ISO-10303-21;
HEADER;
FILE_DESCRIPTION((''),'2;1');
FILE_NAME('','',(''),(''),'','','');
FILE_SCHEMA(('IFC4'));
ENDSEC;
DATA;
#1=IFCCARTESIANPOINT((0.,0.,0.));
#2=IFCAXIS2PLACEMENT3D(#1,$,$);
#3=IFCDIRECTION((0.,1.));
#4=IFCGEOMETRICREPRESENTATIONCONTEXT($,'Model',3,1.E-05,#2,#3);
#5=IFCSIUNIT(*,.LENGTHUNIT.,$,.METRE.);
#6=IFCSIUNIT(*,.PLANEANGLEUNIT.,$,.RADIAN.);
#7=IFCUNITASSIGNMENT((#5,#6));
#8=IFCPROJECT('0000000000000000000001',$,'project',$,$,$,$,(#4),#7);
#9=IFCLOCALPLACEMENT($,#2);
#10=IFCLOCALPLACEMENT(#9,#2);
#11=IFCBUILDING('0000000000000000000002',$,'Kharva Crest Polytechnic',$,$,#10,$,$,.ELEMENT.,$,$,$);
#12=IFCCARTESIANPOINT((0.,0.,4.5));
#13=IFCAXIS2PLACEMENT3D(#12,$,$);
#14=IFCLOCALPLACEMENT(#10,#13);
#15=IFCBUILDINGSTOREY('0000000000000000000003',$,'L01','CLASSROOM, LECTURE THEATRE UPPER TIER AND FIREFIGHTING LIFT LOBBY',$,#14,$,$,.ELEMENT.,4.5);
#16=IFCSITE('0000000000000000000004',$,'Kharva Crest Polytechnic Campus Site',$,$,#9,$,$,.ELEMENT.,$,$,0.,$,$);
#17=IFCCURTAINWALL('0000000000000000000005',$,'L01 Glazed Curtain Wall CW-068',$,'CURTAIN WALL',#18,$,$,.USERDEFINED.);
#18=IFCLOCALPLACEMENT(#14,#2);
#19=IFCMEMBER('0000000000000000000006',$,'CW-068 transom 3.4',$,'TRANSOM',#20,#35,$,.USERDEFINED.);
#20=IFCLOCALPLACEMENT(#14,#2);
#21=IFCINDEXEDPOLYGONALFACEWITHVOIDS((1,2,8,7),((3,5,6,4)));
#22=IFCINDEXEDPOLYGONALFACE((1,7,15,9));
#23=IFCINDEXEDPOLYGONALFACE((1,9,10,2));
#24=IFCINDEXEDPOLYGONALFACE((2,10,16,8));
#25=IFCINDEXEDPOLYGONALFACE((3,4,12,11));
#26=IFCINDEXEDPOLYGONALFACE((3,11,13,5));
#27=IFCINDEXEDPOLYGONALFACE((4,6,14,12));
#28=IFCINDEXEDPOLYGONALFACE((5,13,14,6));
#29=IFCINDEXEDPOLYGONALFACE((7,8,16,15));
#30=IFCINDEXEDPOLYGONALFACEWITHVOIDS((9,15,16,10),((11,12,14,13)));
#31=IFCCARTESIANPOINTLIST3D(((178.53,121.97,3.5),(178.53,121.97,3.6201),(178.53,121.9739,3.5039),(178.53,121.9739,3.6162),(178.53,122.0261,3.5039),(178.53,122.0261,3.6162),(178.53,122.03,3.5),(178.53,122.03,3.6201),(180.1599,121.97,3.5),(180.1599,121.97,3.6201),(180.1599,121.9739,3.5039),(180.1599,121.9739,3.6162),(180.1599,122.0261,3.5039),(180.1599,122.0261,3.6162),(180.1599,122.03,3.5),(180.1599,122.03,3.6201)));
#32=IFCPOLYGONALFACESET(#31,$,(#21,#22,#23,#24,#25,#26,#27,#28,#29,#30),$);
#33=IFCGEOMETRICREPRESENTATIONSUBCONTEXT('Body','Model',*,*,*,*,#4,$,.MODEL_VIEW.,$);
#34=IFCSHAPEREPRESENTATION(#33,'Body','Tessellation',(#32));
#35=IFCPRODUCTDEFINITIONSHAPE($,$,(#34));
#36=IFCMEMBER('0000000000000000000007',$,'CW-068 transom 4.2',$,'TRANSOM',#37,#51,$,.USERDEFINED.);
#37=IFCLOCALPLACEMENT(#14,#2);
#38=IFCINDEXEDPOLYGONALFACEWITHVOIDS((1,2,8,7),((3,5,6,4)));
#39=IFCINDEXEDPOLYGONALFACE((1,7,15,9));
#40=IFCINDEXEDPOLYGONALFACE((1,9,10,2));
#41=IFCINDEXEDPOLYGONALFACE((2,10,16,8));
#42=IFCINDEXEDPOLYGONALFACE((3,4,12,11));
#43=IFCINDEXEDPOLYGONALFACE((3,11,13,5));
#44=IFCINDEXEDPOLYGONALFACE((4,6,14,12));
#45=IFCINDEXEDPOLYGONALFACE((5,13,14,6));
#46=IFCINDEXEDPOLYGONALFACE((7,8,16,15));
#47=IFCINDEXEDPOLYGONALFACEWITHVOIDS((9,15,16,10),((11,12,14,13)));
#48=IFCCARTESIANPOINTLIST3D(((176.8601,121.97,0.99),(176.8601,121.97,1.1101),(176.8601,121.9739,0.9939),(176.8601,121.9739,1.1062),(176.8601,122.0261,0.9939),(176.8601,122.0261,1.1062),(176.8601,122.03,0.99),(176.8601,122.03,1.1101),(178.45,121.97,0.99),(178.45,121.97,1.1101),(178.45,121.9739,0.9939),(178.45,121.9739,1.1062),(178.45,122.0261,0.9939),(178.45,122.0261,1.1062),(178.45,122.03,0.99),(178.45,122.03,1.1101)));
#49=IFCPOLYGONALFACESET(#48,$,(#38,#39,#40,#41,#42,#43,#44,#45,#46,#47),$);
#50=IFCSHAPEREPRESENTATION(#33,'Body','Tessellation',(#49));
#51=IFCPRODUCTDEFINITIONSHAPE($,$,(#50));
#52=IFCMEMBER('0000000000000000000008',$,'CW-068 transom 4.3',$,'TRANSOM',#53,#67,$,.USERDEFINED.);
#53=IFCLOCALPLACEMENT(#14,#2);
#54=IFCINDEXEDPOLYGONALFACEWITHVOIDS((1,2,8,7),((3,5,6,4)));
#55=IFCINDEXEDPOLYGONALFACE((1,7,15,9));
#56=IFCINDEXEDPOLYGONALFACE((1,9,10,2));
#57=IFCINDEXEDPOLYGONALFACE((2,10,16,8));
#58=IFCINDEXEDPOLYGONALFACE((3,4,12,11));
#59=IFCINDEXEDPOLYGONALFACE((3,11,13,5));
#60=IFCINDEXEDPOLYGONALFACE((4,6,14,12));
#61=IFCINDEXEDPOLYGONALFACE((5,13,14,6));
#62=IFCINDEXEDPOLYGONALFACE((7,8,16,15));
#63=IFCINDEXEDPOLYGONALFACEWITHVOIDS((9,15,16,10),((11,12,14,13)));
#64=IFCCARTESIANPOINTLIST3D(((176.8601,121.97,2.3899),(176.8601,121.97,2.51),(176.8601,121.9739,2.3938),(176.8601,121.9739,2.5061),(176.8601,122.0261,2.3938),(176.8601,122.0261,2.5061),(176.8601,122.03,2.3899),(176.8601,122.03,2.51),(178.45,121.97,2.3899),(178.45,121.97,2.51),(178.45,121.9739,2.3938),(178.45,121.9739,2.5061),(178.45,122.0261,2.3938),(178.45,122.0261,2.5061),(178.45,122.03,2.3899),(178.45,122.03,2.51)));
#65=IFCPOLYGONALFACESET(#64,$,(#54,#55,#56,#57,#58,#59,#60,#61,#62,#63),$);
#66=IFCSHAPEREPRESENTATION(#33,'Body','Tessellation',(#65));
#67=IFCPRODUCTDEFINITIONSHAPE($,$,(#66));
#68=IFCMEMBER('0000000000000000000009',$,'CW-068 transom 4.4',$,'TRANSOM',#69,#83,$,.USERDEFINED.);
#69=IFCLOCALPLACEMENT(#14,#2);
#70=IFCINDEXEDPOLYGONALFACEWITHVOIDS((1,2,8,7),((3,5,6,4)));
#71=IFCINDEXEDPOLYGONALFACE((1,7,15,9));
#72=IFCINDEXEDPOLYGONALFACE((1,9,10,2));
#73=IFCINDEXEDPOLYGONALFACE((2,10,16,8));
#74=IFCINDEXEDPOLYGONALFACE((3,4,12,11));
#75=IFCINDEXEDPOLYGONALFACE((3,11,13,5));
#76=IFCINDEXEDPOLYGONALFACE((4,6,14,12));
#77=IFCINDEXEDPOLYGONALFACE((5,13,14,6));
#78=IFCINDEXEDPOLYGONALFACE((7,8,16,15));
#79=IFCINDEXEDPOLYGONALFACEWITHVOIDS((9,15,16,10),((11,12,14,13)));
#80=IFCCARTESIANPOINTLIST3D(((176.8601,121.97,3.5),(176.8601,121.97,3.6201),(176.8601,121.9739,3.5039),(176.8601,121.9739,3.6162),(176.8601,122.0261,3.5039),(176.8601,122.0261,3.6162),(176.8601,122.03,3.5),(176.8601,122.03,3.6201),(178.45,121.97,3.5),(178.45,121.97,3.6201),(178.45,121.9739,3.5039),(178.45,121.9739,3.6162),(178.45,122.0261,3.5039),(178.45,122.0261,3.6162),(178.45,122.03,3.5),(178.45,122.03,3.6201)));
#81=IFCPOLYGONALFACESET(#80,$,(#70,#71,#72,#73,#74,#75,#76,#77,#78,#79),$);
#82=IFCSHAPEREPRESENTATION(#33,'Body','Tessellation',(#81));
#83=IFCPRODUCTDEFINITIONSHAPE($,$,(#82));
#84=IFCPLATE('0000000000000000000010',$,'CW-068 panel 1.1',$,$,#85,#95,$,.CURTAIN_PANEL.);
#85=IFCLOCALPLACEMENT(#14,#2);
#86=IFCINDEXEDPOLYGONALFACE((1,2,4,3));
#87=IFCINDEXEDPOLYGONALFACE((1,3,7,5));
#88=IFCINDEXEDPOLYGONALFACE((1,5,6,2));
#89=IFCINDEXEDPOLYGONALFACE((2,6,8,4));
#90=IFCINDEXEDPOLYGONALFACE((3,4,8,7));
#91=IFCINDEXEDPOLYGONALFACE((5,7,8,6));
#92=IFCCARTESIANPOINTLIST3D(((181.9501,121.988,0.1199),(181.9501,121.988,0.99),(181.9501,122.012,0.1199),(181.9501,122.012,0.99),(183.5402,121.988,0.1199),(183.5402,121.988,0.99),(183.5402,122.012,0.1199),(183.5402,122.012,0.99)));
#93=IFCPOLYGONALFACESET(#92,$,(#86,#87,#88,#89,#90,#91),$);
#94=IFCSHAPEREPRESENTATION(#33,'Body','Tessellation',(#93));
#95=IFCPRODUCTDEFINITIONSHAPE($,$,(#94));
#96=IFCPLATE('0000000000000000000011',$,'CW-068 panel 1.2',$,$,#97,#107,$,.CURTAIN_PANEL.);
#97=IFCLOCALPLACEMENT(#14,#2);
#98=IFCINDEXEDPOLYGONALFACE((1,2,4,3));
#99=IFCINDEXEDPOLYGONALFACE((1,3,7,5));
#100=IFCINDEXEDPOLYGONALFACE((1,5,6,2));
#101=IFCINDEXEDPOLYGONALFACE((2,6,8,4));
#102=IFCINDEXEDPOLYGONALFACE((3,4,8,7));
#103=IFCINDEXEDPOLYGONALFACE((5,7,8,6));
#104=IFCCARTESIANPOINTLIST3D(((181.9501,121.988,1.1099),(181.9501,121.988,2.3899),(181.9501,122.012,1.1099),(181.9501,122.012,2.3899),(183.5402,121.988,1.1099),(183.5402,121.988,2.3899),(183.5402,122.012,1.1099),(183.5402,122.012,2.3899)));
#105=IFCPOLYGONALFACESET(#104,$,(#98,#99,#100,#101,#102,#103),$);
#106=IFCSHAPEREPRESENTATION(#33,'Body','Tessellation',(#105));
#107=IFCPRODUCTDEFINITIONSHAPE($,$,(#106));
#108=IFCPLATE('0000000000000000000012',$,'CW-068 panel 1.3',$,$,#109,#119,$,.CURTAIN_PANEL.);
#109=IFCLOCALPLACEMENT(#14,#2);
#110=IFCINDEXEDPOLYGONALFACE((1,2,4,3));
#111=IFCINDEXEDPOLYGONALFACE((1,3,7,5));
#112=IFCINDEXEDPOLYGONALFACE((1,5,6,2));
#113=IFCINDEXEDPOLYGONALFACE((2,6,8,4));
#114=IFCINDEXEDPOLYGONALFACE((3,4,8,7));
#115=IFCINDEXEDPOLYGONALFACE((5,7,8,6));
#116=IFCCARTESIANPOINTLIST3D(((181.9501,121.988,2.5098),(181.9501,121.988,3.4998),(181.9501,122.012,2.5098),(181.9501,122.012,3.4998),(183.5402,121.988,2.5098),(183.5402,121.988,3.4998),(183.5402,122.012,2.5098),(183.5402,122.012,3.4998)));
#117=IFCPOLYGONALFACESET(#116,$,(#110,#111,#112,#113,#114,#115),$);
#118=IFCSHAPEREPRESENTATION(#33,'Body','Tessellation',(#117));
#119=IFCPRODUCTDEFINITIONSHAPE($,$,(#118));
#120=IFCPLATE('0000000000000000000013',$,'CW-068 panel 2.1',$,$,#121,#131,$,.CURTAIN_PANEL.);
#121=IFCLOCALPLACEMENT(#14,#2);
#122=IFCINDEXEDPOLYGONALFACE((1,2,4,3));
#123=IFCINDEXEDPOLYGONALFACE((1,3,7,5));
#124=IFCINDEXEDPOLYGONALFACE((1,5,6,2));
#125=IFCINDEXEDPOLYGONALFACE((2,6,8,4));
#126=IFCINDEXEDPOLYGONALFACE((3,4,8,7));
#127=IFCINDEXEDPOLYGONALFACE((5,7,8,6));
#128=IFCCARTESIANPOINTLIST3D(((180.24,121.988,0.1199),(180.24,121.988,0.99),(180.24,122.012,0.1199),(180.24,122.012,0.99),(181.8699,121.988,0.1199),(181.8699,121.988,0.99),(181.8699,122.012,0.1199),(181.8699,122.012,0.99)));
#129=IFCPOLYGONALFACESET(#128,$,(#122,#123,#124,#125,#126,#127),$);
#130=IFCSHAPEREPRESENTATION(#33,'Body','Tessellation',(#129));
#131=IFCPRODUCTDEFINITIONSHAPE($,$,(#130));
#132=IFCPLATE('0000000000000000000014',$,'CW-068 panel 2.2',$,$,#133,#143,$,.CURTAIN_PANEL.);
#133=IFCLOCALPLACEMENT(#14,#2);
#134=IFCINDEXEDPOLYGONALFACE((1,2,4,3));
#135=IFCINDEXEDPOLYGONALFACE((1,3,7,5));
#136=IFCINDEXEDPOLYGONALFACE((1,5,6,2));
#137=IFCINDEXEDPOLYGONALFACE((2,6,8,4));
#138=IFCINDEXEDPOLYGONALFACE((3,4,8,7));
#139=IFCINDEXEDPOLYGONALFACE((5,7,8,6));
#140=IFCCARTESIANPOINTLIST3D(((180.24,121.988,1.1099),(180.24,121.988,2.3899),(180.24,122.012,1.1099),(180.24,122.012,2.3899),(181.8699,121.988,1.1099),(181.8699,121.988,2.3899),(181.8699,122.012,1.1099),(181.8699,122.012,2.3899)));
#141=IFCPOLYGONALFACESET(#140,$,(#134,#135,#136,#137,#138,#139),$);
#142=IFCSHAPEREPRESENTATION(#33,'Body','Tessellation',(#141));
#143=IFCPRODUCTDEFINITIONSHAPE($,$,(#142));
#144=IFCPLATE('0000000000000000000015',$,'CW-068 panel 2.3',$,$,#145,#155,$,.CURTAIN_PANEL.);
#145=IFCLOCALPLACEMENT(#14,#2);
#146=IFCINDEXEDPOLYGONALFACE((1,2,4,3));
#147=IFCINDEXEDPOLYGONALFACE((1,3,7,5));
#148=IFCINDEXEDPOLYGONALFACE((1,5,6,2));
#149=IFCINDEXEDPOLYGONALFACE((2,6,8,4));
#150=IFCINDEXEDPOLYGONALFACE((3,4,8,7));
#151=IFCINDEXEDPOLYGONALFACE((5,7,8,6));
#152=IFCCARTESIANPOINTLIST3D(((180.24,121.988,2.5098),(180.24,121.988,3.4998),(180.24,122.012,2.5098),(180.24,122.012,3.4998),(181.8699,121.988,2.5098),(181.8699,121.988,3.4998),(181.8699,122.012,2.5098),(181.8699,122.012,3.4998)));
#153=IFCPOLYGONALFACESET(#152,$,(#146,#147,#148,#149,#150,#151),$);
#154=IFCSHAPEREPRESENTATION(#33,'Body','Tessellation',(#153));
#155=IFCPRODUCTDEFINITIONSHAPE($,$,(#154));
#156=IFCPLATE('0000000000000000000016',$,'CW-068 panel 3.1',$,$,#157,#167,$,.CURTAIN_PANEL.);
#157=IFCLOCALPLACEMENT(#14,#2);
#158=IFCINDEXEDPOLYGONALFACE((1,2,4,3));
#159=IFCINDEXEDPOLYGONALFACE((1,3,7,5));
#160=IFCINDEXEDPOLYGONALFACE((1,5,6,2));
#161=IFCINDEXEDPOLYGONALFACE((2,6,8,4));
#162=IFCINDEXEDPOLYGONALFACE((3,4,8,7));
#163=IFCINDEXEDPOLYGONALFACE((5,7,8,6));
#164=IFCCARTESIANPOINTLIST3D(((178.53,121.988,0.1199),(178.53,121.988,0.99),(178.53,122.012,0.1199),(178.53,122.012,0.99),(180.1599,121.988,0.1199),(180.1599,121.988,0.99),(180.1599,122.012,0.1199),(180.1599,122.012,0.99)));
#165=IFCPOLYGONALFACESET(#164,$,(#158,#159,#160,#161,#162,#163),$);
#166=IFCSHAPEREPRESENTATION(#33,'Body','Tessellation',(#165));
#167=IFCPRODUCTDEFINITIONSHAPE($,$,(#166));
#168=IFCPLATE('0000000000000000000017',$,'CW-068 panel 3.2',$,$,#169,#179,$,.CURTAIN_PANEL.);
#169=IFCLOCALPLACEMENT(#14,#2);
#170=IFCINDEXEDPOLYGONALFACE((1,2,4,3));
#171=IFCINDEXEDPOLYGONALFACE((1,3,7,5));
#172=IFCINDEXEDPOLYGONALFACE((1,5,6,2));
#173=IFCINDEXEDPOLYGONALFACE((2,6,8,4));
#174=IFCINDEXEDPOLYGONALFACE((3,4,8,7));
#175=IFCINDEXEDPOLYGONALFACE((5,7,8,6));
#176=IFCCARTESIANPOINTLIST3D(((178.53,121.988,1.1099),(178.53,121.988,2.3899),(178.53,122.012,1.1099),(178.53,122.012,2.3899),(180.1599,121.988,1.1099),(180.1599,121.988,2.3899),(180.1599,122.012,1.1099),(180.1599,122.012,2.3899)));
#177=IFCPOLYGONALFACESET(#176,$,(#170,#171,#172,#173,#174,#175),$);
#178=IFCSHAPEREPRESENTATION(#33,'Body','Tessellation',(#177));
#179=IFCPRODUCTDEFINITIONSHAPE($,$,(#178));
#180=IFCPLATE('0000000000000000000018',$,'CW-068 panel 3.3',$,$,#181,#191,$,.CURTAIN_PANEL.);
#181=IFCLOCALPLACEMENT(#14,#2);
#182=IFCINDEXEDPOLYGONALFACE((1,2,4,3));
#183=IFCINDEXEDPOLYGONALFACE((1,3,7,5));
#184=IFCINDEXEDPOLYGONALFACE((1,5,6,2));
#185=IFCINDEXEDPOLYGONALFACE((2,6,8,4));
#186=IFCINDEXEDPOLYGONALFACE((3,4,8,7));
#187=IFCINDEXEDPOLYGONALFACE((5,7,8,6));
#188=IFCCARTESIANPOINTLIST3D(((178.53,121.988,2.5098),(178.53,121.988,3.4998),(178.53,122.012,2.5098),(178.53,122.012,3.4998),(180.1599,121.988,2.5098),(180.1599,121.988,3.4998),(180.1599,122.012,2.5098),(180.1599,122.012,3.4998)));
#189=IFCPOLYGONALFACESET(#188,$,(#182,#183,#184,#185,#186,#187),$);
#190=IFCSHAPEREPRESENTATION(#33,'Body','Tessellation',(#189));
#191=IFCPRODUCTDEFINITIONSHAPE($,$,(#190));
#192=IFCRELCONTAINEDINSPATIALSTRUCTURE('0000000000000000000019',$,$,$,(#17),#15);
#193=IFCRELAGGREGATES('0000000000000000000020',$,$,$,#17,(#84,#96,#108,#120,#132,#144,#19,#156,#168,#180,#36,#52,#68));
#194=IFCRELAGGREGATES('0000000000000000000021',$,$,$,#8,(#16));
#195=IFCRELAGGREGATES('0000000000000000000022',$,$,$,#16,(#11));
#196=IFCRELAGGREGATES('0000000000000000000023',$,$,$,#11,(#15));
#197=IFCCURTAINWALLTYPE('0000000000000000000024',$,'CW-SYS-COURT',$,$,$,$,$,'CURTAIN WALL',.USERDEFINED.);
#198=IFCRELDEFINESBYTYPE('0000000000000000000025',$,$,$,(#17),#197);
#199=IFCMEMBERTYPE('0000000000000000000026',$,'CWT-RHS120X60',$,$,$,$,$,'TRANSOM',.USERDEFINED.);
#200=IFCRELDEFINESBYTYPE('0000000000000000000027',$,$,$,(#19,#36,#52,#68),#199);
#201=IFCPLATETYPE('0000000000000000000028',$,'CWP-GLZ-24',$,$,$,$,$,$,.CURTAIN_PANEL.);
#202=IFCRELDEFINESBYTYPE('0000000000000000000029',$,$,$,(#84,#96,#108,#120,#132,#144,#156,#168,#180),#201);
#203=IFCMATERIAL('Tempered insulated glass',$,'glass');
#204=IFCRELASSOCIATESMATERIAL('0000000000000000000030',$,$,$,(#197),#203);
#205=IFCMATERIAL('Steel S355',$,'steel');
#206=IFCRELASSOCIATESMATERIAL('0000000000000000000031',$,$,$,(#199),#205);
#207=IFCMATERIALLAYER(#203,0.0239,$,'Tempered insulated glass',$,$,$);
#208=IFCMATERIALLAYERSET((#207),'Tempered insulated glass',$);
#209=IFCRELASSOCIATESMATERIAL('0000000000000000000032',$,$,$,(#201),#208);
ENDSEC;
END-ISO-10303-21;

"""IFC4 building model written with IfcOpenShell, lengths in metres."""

from ifc_helpers import new_model, si_unit, direction, frame, origin, origin_2d, place, context, subcontext, project, spatial, rectangle, hollow_rectangle, extrude, material, layer, layer_set, material_profile, profile_set, type_object, element, aggregate, save


model = new_model("IFC4")

# Units and contexts
model_context = context("Model", 3, precision=1e-05, world=origin(), true_north=direction((0.0, 1.0)))
body_context = subcontext(model_context, "Body", "Model", "MODEL_VIEW")
ifc_project = project(units=[si_unit("LENGTHUNIT", "METRE"), si_unit("PLANEANGLEUNIT", "RADIAN")], contexts=[model_context])

# Site, building, storey
site_placement = place(None, origin())
site = spatial("IfcSite", under=ifc_project, at=site_placement, Name="Kharva Crest Polytechnic Campus Site", CompositionType="ELEMENT", RefElevation=0.0)
building_placement = place(site_placement, origin())
building = spatial("IfcBuilding", under=site, at=building_placement, Name="Kharva Crest Polytechnic", CompositionType="ELEMENT")
storey_placement = place(building_placement, frame((0.0, 0.0, 4.5)))
storey = spatial("IfcBuildingStorey", under=building, at=storey_placement, Name="L01", Description="CLASSROOM, LECTURE THEATRE UPPER TIER AND FIREFIGHTING LIFT LOBBY", CompositionType="ELEMENT", Elevation=4.5)

# Curtain wall, members, plates
ifc_material_1 = material(Name="Tempered insulated glass", Category="glass")
curtain_wall_type = type_object("IfcCurtainWallType", Name="CW-SYS-COURT", ElementType="CURTAIN WALL", PredefinedType="USERDEFINED", material=ifc_material_1)
curtain_wall_placement = place(storey_placement, origin())
curtain_wall = element("IfcCurtainWall", 1, at=curtain_wall_placement, inside=storey, type_object=curtain_wall_type, Name="L01 Glazed Curtain Wall CW-068", ObjectType="CURTAIN WALL", PredefinedType="USERDEFINED")
ifc_material_2 = material(Name="Steel S355", Category="steel")
ifc_material_profile_1 = material_profile(ifc_material_2, hollow_rectangle(XDim=0.0601, YDim=0.1201, WallThickness=0.0039, at=origin_2d()), Name="RHS 120X60X4.0")
ifc_profile_set_1 = profile_set([ifc_material_profile_1], Name="Steel S355")
member_type_1 = type_object("IfcMemberType", Name="CWT-RHS120X60", ElementType="TRANSOM", PredefinedType="USERDEFINED", material=ifc_profile_set_1)
member_1_placement = place(storey_placement, frame((180.1599, 122.0, 3.5601), z_axis=(-1.0, 0.0, 0.0), x_axis=(0.0, -1.0, 0.0)))
member_1 = element("IfcMember", 2, at=member_1_placement, type_object=member_type_1, Name="CW-068 transom 3.4", ObjectType="TRANSOM", PredefinedType="USERDEFINED", context=body_context, shape_type="SweptSolid", body=[
    extrude(hollow_rectangle(XDim=0.0601, YDim=0.1201, WallThickness=0.0039, at=origin_2d()), origin(), (0.0, 0.0, 1.0), 1.6299),
])
member_2_placement = place(storey_placement, frame((178.45, 122.0, 1.05), z_axis=(-1.0, 0.0, 0.0), x_axis=(0.0, -1.0, 0.0)))
member_2 = element("IfcMember", 3, at=member_2_placement, type_object=member_type_1, Name="CW-068 transom 4.2", ObjectType="TRANSOM", PredefinedType="USERDEFINED", context=body_context, shape_type="SweptSolid", body=[
    extrude(hollow_rectangle(XDim=0.0601, YDim=0.1201, WallThickness=0.0039, at=origin_2d()), origin(), (0.0, 0.0, 1.0), 1.5898),
])
member_3_placement = place(storey_placement, frame((178.45, 122.0, 2.45), z_axis=(-1.0, 0.0, 0.0), x_axis=(0.0, -1.0, 0.0)))
member_3 = element("IfcMember", 4, at=member_3_placement, type_object=member_type_1, Name="CW-068 transom 4.3", ObjectType="TRANSOM", PredefinedType="USERDEFINED", context=body_context, shape_type="SweptSolid", body=[
    extrude(hollow_rectangle(XDim=0.0601, YDim=0.1201, WallThickness=0.0039, at=origin_2d()), origin(), (0.0, 0.0, 1.0), 1.5898),
])
member_4_placement = place(storey_placement, frame((178.45, 122.0, 3.5601), z_axis=(-1.0, 0.0, 0.0), x_axis=(0.0, -1.0, 0.0)))
member_4 = element("IfcMember", 5, at=member_4_placement, type_object=member_type_1, Name="CW-068 transom 4.4", ObjectType="TRANSOM", PredefinedType="USERDEFINED", context=body_context, shape_type="SweptSolid", body=[
    extrude(hollow_rectangle(XDim=0.0601, YDim=0.1201, WallThickness=0.0039, at=origin_2d()), origin(), (0.0, 0.0, 1.0), 1.5898),
])
ifc_layer = layer(ifc_material_1, 0.0239, Name="Tempered insulated glass")
ifc_layer_set = layer_set([ifc_layer], Name="Tempered insulated glass")
plate_type = type_object("IfcPlateType", Name="CWP-GLZ-24", PredefinedType="CURTAIN_PANEL", material=ifc_layer_set)
plate_1_placement = place(storey_placement, frame((182.7451, 122.0, 0.1199), z_axis=(0.0, 0.0, 1.0), x_axis=(-1.0, 0.0, 0.0)))
plate_1 = element("IfcPlate", 6, at=plate_1_placement, type_object=plate_type, Name="CW-068 panel 1.1", PredefinedType="CURTAIN_PANEL", context=body_context, shape_type="SweptSolid", body=[
    extrude(rectangle(XDim=1.5901, YDim=0.0239, at=origin_2d()), origin(), (0.0, 0.0, 1.0), 0.8701),
])
plate_2_placement = place(storey_placement, frame((182.7451, 122.0, 1.1099), z_axis=(0.0, 0.0, 1.0), x_axis=(-1.0, 0.0, 0.0)))
plate_2 = element("IfcPlate", 7, at=plate_2_placement, type_object=plate_type, Name="CW-068 panel 1.2", PredefinedType="CURTAIN_PANEL", context=body_context, shape_type="SweptSolid", body=[
    extrude(rectangle(XDim=1.5901, YDim=0.0239, at=origin_2d()), origin(), (0.0, 0.0, 1.0), 1.28),
])
plate_3_placement = place(storey_placement, frame((182.7451, 122.0, 2.5098), z_axis=(0.0, 0.0, 1.0), x_axis=(-1.0, 0.0, 0.0)))
plate_3 = element("IfcPlate", 8, at=plate_3_placement, type_object=plate_type, Name="CW-068 panel 1.3", PredefinedType="CURTAIN_PANEL", context=body_context, shape_type="SweptSolid", body=[
    extrude(rectangle(XDim=1.5901, YDim=0.0239, at=origin_2d()), origin(), (0.0, 0.0, 1.0), 0.99),
])
plate_4_placement = place(storey_placement, frame((181.0549, 122.0, 0.1199), z_axis=(0.0, 0.0, 1.0), x_axis=(-1.0, 0.0, 0.0)))
plate_4 = element("IfcPlate", 9, at=plate_4_placement, type_object=plate_type, Name="CW-068 panel 2.1", PredefinedType="CURTAIN_PANEL", context=body_context, shape_type="SweptSolid", body=[
    extrude(rectangle(XDim=1.6299, YDim=0.0239, at=origin_2d()), origin(), (0.0, 0.0, 1.0), 0.8701),
])
plate_5_placement = place(storey_placement, frame((181.0549, 122.0, 1.1099), z_axis=(0.0, 0.0, 1.0), x_axis=(-1.0, 0.0, 0.0)))
plate_5 = element("IfcPlate", 10, at=plate_5_placement, type_object=plate_type, Name="CW-068 panel 2.2", PredefinedType="CURTAIN_PANEL", context=body_context, shape_type="SweptSolid", body=[
    extrude(rectangle(XDim=1.6299, YDim=0.0239, at=origin_2d()), origin(), (0.0, 0.0, 1.0), 1.28),
])
plate_6_placement = place(storey_placement, frame((181.0549, 122.0, 2.5098), z_axis=(0.0, 0.0, 1.0), x_axis=(-1.0, 0.0, 0.0)))
plate_6 = element("IfcPlate", 11, at=plate_6_placement, type_object=plate_type, Name="CW-068 panel 2.3", PredefinedType="CURTAIN_PANEL", context=body_context, shape_type="SweptSolid", body=[
    extrude(rectangle(XDim=1.6299, YDim=0.0239, at=origin_2d()), origin(), (0.0, 0.0, 1.0), 0.99),
])
plate_7_placement = place(storey_placement, frame((179.345, 122.0, 0.1199), z_axis=(0.0, 0.0, 1.0), x_axis=(-1.0, 0.0, 0.0)))
plate_7 = element("IfcPlate", 12, at=plate_7_placement, type_object=plate_type, Name="CW-068 panel 3.1", PredefinedType="CURTAIN_PANEL", context=body_context, shape_type="SweptSolid", body=[
    extrude(rectangle(XDim=1.6299, YDim=0.0239, at=origin_2d()), origin(), (0.0, 0.0, 1.0), 0.8701),
])
plate_8_placement = place(storey_placement, frame((179.345, 122.0, 1.1099), z_axis=(0.0, 0.0, 1.0), x_axis=(-1.0, 0.0, 0.0)))
plate_8 = element("IfcPlate", 13, at=plate_8_placement, type_object=plate_type, Name="CW-068 panel 3.2", PredefinedType="CURTAIN_PANEL", context=body_context, shape_type="SweptSolid", body=[
    extrude(rectangle(XDim=1.6299, YDim=0.0239, at=origin_2d()), origin(), (0.0, 0.0, 1.0), 1.28),
])
plate_9_placement = place(storey_placement, frame((179.345, 122.0, 2.5098), z_axis=(0.0, 0.0, 1.0), x_axis=(-1.0, 0.0, 0.0)))
plate_9 = element("IfcPlate", 14, at=plate_9_placement, type_object=plate_type, Name="CW-068 panel 3.3", PredefinedType="CURTAIN_PANEL", context=body_context, shape_type="SweptSolid", body=[
    extrude(rectangle(XDim=1.6299, YDim=0.0239, at=origin_2d()), origin(), (0.0, 0.0, 1.0), 0.99),
])
aggregate(curtain_wall, [plate_1, plate_2, plate_3, plate_4, plate_5, plate_6, member_1, plate_7, plate_8, plate_9, member_2, member_3, member_4])

save(model, "model.ifc")
